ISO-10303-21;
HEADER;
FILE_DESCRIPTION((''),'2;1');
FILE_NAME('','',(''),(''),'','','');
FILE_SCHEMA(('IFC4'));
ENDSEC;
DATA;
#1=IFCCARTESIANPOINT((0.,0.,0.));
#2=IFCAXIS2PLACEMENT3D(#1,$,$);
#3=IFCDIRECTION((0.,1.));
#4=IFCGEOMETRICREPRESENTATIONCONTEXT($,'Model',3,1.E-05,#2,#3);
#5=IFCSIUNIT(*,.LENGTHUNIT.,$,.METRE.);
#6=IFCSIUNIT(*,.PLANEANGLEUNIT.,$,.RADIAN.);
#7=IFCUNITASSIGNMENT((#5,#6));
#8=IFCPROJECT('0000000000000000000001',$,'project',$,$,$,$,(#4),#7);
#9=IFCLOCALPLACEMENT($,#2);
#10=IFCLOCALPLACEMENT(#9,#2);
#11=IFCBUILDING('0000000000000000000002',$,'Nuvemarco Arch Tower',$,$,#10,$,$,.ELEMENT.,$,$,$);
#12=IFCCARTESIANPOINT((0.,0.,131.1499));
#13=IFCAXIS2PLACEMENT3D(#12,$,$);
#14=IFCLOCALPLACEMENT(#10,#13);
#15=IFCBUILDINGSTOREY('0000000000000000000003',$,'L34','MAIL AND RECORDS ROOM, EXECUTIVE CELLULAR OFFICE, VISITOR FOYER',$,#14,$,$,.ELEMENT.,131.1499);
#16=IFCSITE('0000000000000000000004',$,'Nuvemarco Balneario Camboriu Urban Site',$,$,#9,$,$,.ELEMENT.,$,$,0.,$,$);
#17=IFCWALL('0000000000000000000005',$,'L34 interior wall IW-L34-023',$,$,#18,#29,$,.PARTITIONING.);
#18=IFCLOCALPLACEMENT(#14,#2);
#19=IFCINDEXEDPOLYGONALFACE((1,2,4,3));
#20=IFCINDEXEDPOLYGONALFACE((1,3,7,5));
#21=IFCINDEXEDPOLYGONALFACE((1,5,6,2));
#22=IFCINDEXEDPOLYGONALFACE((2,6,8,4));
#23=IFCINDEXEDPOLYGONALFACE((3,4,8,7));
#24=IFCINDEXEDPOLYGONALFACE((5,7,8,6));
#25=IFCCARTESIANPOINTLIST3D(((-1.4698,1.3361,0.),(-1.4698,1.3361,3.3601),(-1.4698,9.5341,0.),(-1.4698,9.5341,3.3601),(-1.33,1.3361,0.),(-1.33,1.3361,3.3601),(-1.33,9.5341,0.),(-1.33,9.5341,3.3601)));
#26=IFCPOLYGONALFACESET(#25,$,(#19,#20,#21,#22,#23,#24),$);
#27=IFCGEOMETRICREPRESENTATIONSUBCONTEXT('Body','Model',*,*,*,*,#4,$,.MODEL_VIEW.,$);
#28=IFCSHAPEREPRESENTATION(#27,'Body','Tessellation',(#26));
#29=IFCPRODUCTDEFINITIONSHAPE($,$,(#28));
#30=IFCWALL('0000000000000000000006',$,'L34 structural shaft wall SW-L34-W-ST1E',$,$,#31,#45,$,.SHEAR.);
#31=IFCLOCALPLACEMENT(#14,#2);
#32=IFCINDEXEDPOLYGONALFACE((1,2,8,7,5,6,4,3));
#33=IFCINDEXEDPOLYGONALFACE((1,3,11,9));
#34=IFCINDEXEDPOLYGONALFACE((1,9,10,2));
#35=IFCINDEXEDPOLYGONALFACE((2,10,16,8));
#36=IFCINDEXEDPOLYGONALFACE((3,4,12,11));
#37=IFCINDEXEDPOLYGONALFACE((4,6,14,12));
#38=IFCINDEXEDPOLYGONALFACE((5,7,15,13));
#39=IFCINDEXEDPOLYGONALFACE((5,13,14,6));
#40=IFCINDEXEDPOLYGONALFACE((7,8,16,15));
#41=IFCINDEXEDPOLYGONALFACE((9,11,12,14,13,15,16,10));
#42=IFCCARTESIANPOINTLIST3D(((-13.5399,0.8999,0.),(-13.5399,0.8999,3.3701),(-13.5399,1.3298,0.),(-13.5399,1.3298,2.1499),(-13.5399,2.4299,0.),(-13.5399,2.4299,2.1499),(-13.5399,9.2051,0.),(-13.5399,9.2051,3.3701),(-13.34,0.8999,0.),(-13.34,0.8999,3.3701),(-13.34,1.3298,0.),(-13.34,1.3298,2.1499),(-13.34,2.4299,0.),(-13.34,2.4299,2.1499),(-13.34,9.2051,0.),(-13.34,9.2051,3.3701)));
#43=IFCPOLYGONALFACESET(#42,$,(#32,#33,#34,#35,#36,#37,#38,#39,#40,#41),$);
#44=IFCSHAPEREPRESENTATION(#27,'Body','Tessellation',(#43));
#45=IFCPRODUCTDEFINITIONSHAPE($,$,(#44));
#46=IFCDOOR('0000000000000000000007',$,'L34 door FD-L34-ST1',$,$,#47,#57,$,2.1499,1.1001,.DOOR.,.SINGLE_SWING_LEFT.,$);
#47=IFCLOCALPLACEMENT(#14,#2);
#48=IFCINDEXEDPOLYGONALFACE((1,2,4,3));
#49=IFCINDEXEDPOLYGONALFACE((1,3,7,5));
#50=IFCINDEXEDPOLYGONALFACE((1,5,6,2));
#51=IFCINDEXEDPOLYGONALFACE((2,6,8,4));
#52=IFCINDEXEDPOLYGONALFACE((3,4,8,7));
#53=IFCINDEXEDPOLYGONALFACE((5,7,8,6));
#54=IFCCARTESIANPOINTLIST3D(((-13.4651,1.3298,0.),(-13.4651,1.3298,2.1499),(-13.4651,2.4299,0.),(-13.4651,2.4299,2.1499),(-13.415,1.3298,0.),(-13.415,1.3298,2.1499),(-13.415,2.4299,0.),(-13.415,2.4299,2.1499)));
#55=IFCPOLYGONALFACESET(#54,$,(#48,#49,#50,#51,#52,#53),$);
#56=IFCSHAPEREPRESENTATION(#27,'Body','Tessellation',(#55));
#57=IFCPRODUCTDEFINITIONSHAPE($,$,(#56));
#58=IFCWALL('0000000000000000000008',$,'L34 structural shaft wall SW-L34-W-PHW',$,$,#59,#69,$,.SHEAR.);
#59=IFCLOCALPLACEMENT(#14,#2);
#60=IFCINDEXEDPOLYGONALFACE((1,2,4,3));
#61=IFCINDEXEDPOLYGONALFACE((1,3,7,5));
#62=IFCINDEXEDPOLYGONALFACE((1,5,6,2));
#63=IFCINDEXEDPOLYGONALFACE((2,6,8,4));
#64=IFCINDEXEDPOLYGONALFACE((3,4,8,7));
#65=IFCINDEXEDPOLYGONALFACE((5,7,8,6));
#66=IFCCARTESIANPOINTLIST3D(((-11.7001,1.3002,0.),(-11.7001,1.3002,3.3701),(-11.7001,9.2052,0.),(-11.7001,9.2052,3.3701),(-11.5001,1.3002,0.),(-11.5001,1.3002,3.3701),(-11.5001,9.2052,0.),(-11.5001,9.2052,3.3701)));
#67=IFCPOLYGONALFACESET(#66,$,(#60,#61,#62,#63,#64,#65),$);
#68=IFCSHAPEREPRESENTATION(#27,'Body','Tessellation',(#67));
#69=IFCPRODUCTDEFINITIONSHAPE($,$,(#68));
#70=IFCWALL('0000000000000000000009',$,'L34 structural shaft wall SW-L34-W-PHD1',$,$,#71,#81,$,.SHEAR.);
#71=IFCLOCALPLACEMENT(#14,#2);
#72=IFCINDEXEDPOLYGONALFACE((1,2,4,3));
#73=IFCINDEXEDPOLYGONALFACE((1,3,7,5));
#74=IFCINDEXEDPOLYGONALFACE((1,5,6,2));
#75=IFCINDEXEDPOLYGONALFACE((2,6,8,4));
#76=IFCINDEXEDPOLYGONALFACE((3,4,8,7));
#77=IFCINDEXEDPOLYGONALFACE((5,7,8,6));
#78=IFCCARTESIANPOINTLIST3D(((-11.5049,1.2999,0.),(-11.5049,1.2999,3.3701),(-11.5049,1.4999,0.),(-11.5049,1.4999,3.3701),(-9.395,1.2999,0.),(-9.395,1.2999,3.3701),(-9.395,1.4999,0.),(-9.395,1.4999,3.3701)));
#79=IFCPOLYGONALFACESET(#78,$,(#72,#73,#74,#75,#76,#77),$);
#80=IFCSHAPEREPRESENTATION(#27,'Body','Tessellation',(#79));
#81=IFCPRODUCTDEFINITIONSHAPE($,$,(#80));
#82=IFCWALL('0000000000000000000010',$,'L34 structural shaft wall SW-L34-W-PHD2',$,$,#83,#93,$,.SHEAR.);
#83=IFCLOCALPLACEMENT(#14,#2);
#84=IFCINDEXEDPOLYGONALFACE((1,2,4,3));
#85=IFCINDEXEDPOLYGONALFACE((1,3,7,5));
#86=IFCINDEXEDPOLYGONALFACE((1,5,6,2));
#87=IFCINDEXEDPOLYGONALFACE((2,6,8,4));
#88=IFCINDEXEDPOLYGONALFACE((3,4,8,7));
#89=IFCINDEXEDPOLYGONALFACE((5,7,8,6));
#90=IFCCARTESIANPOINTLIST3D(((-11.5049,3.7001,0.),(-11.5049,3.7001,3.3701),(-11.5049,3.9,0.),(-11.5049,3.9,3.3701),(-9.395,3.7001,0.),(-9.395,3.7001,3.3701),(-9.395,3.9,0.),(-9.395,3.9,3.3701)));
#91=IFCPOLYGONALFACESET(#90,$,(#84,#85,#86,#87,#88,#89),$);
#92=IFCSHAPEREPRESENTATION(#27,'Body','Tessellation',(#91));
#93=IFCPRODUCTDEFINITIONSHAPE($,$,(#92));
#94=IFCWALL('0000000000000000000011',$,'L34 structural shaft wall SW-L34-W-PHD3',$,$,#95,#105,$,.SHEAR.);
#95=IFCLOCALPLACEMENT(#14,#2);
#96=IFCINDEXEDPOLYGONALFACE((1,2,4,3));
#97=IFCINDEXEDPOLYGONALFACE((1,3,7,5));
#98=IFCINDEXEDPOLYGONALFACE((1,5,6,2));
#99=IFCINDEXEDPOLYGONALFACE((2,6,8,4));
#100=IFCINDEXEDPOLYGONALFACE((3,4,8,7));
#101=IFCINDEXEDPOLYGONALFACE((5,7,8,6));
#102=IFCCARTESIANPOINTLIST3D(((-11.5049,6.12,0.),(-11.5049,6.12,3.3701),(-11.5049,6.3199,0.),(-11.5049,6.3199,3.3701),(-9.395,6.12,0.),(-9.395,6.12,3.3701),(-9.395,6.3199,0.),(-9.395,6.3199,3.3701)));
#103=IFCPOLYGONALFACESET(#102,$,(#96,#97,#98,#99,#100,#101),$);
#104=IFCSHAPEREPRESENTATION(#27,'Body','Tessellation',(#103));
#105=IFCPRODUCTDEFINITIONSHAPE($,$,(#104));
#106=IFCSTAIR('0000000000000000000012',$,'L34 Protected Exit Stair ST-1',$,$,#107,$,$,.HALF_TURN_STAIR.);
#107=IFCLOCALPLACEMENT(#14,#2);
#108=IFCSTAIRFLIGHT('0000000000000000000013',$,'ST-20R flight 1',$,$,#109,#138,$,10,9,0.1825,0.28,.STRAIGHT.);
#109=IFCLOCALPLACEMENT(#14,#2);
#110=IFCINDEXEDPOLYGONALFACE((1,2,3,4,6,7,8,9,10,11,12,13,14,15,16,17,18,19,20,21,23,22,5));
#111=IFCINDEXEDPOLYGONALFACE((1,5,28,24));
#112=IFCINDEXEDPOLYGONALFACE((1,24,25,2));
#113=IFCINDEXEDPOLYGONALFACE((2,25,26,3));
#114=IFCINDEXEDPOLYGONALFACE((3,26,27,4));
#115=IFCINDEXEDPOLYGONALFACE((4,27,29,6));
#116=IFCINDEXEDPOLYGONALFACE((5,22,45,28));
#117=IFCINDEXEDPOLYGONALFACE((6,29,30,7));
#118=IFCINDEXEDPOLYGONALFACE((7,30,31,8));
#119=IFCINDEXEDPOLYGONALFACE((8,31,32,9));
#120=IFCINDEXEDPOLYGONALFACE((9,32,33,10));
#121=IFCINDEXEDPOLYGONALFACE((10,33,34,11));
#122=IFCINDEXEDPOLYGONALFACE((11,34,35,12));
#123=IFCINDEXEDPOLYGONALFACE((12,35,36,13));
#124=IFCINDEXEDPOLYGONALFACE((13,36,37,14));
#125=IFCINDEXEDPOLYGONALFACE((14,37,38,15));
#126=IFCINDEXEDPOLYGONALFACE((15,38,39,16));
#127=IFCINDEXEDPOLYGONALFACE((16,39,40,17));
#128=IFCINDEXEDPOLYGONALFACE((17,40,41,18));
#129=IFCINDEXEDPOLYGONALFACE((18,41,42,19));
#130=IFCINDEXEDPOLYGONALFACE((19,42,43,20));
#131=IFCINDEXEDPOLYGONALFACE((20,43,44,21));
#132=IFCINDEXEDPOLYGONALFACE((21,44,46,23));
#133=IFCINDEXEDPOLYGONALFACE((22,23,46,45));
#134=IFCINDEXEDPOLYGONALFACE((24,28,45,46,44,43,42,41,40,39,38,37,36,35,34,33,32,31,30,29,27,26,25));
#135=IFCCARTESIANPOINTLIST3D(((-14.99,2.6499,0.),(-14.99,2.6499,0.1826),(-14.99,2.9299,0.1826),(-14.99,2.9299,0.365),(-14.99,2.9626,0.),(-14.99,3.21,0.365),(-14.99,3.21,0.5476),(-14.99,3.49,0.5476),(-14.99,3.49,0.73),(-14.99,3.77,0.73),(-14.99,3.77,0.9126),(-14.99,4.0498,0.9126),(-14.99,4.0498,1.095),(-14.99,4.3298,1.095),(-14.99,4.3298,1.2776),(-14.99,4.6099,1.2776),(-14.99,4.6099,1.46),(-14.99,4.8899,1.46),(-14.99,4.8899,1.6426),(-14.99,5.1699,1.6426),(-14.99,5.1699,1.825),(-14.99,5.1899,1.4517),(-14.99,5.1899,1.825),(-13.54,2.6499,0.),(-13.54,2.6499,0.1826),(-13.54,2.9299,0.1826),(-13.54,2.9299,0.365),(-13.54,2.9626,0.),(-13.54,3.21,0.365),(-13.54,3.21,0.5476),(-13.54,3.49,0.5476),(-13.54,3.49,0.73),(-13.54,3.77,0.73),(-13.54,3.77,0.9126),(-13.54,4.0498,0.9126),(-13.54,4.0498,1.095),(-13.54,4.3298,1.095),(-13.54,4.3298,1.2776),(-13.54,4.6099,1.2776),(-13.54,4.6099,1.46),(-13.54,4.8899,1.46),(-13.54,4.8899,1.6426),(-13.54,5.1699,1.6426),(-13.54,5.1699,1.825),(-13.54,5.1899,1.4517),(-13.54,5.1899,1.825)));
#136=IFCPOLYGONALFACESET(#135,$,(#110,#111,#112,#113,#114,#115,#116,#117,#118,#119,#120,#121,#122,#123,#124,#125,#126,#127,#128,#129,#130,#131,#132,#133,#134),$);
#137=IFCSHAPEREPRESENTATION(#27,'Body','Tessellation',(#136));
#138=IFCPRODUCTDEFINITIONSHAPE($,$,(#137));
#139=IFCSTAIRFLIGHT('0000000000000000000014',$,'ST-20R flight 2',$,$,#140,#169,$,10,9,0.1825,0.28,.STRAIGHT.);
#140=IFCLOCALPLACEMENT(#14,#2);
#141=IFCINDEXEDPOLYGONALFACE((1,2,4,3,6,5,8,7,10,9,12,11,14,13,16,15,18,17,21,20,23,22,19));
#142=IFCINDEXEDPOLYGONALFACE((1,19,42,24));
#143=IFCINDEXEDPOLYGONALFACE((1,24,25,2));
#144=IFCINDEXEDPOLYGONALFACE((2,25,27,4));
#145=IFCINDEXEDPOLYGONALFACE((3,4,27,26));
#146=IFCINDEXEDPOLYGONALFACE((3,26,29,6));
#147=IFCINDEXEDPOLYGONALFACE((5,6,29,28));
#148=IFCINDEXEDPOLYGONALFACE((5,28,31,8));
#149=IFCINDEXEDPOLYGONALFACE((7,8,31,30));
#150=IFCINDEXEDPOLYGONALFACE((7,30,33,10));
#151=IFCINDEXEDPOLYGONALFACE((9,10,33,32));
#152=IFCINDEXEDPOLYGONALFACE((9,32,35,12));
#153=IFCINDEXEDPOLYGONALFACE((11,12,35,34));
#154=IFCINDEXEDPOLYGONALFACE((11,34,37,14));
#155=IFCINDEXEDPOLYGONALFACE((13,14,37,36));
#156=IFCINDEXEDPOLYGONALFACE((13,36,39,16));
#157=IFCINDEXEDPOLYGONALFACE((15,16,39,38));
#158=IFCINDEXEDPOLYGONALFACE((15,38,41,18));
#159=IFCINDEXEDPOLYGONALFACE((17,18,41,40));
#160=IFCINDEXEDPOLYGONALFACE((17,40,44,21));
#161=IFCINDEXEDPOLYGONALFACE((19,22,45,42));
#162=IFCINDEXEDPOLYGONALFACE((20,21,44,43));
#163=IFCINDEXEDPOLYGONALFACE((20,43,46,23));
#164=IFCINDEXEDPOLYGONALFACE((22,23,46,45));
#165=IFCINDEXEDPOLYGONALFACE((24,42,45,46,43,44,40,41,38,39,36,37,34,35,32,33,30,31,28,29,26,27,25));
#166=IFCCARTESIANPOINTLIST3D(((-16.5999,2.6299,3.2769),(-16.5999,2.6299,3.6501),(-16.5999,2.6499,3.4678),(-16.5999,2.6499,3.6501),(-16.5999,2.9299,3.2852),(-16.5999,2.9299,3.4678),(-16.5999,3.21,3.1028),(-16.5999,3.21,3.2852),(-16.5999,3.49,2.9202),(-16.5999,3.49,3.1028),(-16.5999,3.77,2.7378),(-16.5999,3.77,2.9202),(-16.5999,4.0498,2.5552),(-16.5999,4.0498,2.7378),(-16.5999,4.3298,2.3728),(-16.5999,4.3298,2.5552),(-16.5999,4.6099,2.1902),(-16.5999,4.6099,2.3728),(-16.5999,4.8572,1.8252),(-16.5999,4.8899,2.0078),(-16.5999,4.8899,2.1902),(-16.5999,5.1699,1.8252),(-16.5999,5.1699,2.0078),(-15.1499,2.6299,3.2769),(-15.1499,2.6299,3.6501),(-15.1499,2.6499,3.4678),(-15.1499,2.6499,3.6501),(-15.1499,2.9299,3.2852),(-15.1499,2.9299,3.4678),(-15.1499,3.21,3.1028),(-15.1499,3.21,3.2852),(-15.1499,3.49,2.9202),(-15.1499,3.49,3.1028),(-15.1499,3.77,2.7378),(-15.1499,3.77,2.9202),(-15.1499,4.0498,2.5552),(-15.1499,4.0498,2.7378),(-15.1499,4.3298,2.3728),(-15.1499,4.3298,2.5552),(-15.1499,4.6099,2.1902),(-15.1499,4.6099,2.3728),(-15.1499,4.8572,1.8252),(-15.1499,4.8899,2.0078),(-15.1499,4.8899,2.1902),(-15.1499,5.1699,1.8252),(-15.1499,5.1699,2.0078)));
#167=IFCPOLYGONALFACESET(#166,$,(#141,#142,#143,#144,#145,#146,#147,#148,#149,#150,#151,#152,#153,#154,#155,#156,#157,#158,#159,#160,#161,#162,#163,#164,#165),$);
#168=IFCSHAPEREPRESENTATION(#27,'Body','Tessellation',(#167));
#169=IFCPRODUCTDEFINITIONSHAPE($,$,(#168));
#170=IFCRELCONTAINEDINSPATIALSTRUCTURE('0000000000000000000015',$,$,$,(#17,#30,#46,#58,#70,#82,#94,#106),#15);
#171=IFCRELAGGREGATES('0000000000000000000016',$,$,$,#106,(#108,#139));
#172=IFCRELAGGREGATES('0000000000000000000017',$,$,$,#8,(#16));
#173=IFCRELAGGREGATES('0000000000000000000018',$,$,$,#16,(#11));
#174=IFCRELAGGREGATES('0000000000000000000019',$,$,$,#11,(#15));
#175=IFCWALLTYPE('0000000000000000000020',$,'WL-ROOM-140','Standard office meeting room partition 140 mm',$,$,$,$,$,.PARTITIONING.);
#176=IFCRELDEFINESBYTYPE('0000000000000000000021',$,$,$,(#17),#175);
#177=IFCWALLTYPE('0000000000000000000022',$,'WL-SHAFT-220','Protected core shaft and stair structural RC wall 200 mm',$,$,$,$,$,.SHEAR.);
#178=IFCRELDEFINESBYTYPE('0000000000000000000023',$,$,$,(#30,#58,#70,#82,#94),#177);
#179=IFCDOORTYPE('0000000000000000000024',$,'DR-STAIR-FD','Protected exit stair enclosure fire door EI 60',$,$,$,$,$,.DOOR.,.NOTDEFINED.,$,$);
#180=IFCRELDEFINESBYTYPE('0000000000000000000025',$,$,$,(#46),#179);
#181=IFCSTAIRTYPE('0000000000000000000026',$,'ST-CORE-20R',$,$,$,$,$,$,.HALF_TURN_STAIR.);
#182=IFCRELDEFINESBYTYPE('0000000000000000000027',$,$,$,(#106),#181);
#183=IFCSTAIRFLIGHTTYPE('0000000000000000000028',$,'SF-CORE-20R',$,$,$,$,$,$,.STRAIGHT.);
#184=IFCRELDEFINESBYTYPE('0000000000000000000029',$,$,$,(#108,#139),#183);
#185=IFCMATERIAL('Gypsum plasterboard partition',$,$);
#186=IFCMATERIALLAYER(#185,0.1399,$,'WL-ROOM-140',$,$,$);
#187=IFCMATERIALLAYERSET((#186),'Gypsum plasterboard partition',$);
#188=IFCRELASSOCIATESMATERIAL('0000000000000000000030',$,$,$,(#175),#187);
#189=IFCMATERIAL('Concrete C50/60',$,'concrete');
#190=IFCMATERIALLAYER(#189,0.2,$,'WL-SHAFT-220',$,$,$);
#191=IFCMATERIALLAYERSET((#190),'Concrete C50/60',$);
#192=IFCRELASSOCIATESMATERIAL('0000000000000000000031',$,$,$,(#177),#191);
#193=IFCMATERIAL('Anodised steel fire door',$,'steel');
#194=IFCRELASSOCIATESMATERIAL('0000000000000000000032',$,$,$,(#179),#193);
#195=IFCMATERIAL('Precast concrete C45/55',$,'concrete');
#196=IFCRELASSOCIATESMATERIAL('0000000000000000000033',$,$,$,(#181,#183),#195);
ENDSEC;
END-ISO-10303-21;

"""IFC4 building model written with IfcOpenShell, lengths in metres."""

from ifc_helpers import new_model, si_unit, direction, frame, frame_2d, origin, place, context, subcontext, project, spatial, polyline, rectangle, outline, extrude, source, transform, mapped, material, layer, layer_set, type_object, type_shapes, element, fill, aggregate, save


model = new_model("IFC4")

# Units and contexts
model_context = context("Model", 3, precision=1e-05, world=origin(), true_north=direction((0.0, 1.0)))
body_context = subcontext(model_context, "Body", "Model", "MODEL_VIEW")
ifc_project = project(units=[si_unit("LENGTHUNIT", "METRE"), si_unit("PLANEANGLEUNIT", "RADIAN")], contexts=[model_context])

# Site, building, storey
site_placement = place(None, origin())
site = spatial("IfcSite", under=ifc_project, at=site_placement, Name="Nuvemarco Balneario Camboriu Urban Site", CompositionType="ELEMENT", RefElevation=0.0)
building_placement = place(site_placement, origin())
building = spatial("IfcBuilding", under=site, at=building_placement, Name="Nuvemarco Arch Tower", CompositionType="ELEMENT")
storey_placement = place(building_placement, frame((0.0, 0.0, 131.1499)))
storey = spatial("IfcBuildingStorey", under=building, at=storey_placement, Name="L34", Description="MAIL AND RECORDS ROOM, EXECUTIVE CELLULAR OFFICE, VISITOR FOYER", CompositionType="ELEMENT", Elevation=131.1499)

# Shared definitions
ifc_material_1 = material(Name="Concrete C50/60", Category="concrete")

# Shared definitions
ifc_material_2 = material(Name="Precast concrete C45/55", Category="concrete")

# Wall
ifc_material_3 = material(Name="Gypsum plasterboard partition")
ifc_layer_1 = layer(ifc_material_3, 0.1399, Name="WL-ROOM-140")
ifc_layer_set_1 = layer_set([ifc_layer_1], Name="Gypsum plasterboard partition")
wall_type_1 = type_object("IfcWallType", Name="WL-ROOM-140", Description="Standard office meeting room partition 140 mm", PredefinedType="PARTITIONING", material=ifc_layer_set_1)
wall_1_placement = place(storey_placement, frame((-1.3999, 1.3359, 0.0), z_axis=(0.0, 0.0, 1.0), x_axis=(0.0, 1.0, 0.0)))
element("IfcWall", 1, at=wall_1_placement, inside=storey, type_object=wall_type_1, Name="L34 interior wall IW-L34-023", PredefinedType="PARTITIONING", context=body_context, shape_type="SweptSolid", body=[
    extrude(rectangle(XDim=8.198, YDim=0.1399, at=frame_2d((4.0991, 0.0))), origin(), (0.0, 0.0, 1.0), 3.3601),
])

# Wall, opening, door
ifc_layer_2 = layer(ifc_material_1, 0.2, Name="WL-SHAFT-220")
ifc_layer_set_2 = layer_set([ifc_layer_2], Name="Concrete C50/60")
wall_type_2 = type_object("IfcWallType", Name="WL-SHAFT-220", Description="Protected core shaft and stair structural RC wall 200 mm", PredefinedType="SHEAR", material=ifc_layer_set_2)
wall_2_placement = place(storey_placement, frame((-13.4399, 0.8999, 0.0), z_axis=(0.0, 0.0, 1.0), x_axis=(0.0, 1.0, 0.0)))
wall_2 = element("IfcWall", 2, at=wall_2_placement, inside=storey, type_object=wall_type_2, Name="L34 structural shaft wall SW-L34-W-ST1E", PredefinedType="SHEAR", context=body_context, shape_type="SweptSolid", body=[
    extrude(rectangle(XDim=8.3052, YDim=0.2, at=frame_2d((4.1526, 0.0))), origin(), (0.0, 0.0, 1.0), 3.3701),
])
opening_1_placement = place(wall_2_placement, frame((1.53, 0.0, 0.0), z_axis=(0.0, 0.0, 1.0), x_axis=(-1.0, 0.0, 0.0)))
opening_1 = element("IfcOpeningElement", 3, at=opening_1_placement, cuts=wall_2, PredefinedType="OPENING", context=body_context, shape_type="SweptSolid", body=[
    extrude(rectangle(XDim=1.1001, YDim=2.1499, at=frame_2d((0.55, 1.075))), frame((0.0, 0.1099, 0.0), z_axis=(0.0, -1.0, 0.0), x_axis=(1.0, 0.0, 0.0)), (0.0, 0.0, 1.0), 0.22),
])
ifc_material_4 = material(Name="Anodised steel fire door", Category="steel")
door_type_1 = type_object("IfcDoorType", Name="DR-STAIR-FD", Description="Protected exit stair enclosure fire door EI 60", OperationType="NOTDEFINED", PredefinedType="DOOR", material=ifc_material_4)
shared_shape_1 = source(origin(), body_context, "Body", "SweptSolid", [
    extrude(rectangle(XDim=1.1001, YDim=2.1499, at=frame_2d((0.55, 1.075))), frame((0.0, 0.0249, 0.0), z_axis=(0.0, -1.0, 0.0), x_axis=(1.0, 0.0, 0.0)), (0.0, 0.0, 1.0), 0.05),
])
type_shapes(door_type_1, [shared_shape_1])
door_1_placement = place(opening_1_placement, origin())
door_1 = element("IfcDoor", 4, at=door_1_placement, inside=storey, type_object=door_type_1, Name="L34 door FD-L34-ST1", OperationType="SINGLE_SWING_LEFT", OverallHeight=2.1499, OverallWidth=1.1001, PredefinedType="DOOR", context=body_context, shape_type="MappedRepresentation", body=[
    mapped(shared_shape_1, transform((0.0, 0.0, 0.0), scale=1.0)),
])
fill(opening_1, door_1)

# Walls
wall_3_placement = place(storey_placement, frame((-11.6001, 1.3, 0.0), z_axis=(0.0, 0.0, 1.0), x_axis=(0.0, 1.0, 0.0)))
element("IfcWall", 5, at=wall_3_placement, inside=storey, type_object=wall_type_2, Name="L34 structural shaft wall SW-L34-W-PHW", PredefinedType="SHEAR", context=body_context, shape_type="SweptSolid", body=[
    extrude(rectangle(XDim=7.905, YDim=0.2, at=frame_2d((3.9526, 0.0))), origin(), (0.0, 0.0, 1.0), 3.3701),
])
for number, where, z_axis, x_axis, name in (
    (6, (-11.5049, 1.3999, 0.0), (0.0, 0.0, 1.0), (1.0, 0.0, 0.0), "L34 structural shaft wall SW-L34-W-PHD1"),
    (7, (-11.5049, 3.8, 0.0), (0.0, 0.0, 1.0), (1.0, 0.0, 0.0), "L34 structural shaft wall SW-L34-W-PHD2"),
    (8, (-11.5049, 6.22, 0.0), (0.0, 0.0, 1.0), (1.0, 0.0, 0.0), "L34 structural shaft wall SW-L34-W-PHD3"),
):
    element("IfcWall", number, at=place(storey_placement, frame(where, z_axis=z_axis, x_axis=x_axis)), inside=storey, type_object=wall_type_2, Name=name, PredefinedType="SHEAR", context=body_context, shape_type="SweptSolid", body=[
        extrude(rectangle(XDim=2.1099, YDim=0.2, at=frame_2d((1.0549, 0.0))), origin(), (0.0, 0.0, 1.0), 3.3701),
    ])

# Stair, stair flights
stair_type = type_object("IfcStairType", Name="ST-CORE-20R", PredefinedType="HALF_TURN_STAIR", material=ifc_material_2)
stair_placement = place(storey_placement, origin())
stair = element("IfcStair", 9, at=stair_placement, inside=storey, type_object=stair_type, Name="L34 Protected Exit Stair ST-1", PredefinedType="HALF_TURN_STAIR")
stair_flight_type = type_object("IfcStairFlightType", Name="SF-CORE-20R", PredefinedType="STRAIGHT", material=ifc_material_2)
stair_flight_1_placement = place(storey_placement, frame((-14.2649, 2.6499, 0.0), z_axis=(0.0, 0.0, 1.0), x_axis=(0.0, 1.0, 0.0)))
stair_flight_1 = element("IfcStairFlight", 10, at=stair_flight_1_placement, type_object=stair_flight_type, Name="ST-20R flight 1", NumberOfRisers=10, NumberOfTreads=9, PredefinedType="STRAIGHT", RiserHeight=0.1825, TreadLength=0.28, context=body_context, shape_type="SweptSolid", body=[
    extrude(outline(polyline([(0.0, 0.0), (0.0, 0.1826), (0.28, 0.1826), (0.28, 0.365), (0.5601, 0.365), (0.5601, 0.5476), (0.8401, 0.5476), (0.8401, 0.73), (1.1201, 0.73), (1.1201, 0.9126), (1.3999, 0.9126), (1.3999, 1.095), (1.6799, 1.095), (1.6799, 1.2776), (1.96, 1.2776), (1.96, 1.46), (2.24, 1.46), (2.24, 1.6426), (2.52, 1.6426), (2.52, 1.825), (2.54, 1.825), (2.54, 1.4517), (0.3127, 0.0), (0.0, 0.0)])), frame((0.0, 0.7251, 0.0), z_axis=(0.0, -1.0, 0.0), x_axis=(1.0, 0.0, 0.0)), (0.0, 0.0, 1.0), 1.45),
])
stair_flight_2_placement = place(storey_placement, frame((-15.875, 5.1699, 1.8252), z_axis=(0.0, 0.0, 1.0), x_axis=(0.0, -1.0, 0.0)))
stair_flight_2 = element("IfcStairFlight", 11, at=stair_flight_2_placement, type_object=stair_flight_type, Name="ST-20R flight 2", NumberOfRisers=10, NumberOfTreads=9, PredefinedType="STRAIGHT", RiserHeight=0.1825, TreadLength=0.28, context=body_context, shape_type="SweptSolid", body=[
    extrude(outline(polyline([(0.0, 0.0), (0.0, 0.1826), (0.28, 0.1826), (0.28, 0.365), (0.5601, 0.365), (0.5601, 0.5476), (0.8401, 0.5476), (0.8401, 0.73), (1.1201, 0.73), (1.1201, 0.9126), (1.3999, 0.9126), (1.3999, 1.095), (1.6799, 1.095), (1.6799, 1.2776), (1.96, 1.2776), (1.96, 1.46), (2.24, 1.46), (2.24, 1.6426), (2.52, 1.6426), (2.52, 1.825), (2.54, 1.825), (2.54, 1.4517), (0.3127, 0.0), (0.0, 0.0)])), frame((0.0, 0.7251, 0.0), z_axis=(0.0, -1.0, 0.0), x_axis=(1.0, 0.0, 0.0)), (0.0, 0.0, 1.0), 1.45),
])
aggregate(stair, [stair_flight_1, stair_flight_2])

save(model, "model.ifc")
